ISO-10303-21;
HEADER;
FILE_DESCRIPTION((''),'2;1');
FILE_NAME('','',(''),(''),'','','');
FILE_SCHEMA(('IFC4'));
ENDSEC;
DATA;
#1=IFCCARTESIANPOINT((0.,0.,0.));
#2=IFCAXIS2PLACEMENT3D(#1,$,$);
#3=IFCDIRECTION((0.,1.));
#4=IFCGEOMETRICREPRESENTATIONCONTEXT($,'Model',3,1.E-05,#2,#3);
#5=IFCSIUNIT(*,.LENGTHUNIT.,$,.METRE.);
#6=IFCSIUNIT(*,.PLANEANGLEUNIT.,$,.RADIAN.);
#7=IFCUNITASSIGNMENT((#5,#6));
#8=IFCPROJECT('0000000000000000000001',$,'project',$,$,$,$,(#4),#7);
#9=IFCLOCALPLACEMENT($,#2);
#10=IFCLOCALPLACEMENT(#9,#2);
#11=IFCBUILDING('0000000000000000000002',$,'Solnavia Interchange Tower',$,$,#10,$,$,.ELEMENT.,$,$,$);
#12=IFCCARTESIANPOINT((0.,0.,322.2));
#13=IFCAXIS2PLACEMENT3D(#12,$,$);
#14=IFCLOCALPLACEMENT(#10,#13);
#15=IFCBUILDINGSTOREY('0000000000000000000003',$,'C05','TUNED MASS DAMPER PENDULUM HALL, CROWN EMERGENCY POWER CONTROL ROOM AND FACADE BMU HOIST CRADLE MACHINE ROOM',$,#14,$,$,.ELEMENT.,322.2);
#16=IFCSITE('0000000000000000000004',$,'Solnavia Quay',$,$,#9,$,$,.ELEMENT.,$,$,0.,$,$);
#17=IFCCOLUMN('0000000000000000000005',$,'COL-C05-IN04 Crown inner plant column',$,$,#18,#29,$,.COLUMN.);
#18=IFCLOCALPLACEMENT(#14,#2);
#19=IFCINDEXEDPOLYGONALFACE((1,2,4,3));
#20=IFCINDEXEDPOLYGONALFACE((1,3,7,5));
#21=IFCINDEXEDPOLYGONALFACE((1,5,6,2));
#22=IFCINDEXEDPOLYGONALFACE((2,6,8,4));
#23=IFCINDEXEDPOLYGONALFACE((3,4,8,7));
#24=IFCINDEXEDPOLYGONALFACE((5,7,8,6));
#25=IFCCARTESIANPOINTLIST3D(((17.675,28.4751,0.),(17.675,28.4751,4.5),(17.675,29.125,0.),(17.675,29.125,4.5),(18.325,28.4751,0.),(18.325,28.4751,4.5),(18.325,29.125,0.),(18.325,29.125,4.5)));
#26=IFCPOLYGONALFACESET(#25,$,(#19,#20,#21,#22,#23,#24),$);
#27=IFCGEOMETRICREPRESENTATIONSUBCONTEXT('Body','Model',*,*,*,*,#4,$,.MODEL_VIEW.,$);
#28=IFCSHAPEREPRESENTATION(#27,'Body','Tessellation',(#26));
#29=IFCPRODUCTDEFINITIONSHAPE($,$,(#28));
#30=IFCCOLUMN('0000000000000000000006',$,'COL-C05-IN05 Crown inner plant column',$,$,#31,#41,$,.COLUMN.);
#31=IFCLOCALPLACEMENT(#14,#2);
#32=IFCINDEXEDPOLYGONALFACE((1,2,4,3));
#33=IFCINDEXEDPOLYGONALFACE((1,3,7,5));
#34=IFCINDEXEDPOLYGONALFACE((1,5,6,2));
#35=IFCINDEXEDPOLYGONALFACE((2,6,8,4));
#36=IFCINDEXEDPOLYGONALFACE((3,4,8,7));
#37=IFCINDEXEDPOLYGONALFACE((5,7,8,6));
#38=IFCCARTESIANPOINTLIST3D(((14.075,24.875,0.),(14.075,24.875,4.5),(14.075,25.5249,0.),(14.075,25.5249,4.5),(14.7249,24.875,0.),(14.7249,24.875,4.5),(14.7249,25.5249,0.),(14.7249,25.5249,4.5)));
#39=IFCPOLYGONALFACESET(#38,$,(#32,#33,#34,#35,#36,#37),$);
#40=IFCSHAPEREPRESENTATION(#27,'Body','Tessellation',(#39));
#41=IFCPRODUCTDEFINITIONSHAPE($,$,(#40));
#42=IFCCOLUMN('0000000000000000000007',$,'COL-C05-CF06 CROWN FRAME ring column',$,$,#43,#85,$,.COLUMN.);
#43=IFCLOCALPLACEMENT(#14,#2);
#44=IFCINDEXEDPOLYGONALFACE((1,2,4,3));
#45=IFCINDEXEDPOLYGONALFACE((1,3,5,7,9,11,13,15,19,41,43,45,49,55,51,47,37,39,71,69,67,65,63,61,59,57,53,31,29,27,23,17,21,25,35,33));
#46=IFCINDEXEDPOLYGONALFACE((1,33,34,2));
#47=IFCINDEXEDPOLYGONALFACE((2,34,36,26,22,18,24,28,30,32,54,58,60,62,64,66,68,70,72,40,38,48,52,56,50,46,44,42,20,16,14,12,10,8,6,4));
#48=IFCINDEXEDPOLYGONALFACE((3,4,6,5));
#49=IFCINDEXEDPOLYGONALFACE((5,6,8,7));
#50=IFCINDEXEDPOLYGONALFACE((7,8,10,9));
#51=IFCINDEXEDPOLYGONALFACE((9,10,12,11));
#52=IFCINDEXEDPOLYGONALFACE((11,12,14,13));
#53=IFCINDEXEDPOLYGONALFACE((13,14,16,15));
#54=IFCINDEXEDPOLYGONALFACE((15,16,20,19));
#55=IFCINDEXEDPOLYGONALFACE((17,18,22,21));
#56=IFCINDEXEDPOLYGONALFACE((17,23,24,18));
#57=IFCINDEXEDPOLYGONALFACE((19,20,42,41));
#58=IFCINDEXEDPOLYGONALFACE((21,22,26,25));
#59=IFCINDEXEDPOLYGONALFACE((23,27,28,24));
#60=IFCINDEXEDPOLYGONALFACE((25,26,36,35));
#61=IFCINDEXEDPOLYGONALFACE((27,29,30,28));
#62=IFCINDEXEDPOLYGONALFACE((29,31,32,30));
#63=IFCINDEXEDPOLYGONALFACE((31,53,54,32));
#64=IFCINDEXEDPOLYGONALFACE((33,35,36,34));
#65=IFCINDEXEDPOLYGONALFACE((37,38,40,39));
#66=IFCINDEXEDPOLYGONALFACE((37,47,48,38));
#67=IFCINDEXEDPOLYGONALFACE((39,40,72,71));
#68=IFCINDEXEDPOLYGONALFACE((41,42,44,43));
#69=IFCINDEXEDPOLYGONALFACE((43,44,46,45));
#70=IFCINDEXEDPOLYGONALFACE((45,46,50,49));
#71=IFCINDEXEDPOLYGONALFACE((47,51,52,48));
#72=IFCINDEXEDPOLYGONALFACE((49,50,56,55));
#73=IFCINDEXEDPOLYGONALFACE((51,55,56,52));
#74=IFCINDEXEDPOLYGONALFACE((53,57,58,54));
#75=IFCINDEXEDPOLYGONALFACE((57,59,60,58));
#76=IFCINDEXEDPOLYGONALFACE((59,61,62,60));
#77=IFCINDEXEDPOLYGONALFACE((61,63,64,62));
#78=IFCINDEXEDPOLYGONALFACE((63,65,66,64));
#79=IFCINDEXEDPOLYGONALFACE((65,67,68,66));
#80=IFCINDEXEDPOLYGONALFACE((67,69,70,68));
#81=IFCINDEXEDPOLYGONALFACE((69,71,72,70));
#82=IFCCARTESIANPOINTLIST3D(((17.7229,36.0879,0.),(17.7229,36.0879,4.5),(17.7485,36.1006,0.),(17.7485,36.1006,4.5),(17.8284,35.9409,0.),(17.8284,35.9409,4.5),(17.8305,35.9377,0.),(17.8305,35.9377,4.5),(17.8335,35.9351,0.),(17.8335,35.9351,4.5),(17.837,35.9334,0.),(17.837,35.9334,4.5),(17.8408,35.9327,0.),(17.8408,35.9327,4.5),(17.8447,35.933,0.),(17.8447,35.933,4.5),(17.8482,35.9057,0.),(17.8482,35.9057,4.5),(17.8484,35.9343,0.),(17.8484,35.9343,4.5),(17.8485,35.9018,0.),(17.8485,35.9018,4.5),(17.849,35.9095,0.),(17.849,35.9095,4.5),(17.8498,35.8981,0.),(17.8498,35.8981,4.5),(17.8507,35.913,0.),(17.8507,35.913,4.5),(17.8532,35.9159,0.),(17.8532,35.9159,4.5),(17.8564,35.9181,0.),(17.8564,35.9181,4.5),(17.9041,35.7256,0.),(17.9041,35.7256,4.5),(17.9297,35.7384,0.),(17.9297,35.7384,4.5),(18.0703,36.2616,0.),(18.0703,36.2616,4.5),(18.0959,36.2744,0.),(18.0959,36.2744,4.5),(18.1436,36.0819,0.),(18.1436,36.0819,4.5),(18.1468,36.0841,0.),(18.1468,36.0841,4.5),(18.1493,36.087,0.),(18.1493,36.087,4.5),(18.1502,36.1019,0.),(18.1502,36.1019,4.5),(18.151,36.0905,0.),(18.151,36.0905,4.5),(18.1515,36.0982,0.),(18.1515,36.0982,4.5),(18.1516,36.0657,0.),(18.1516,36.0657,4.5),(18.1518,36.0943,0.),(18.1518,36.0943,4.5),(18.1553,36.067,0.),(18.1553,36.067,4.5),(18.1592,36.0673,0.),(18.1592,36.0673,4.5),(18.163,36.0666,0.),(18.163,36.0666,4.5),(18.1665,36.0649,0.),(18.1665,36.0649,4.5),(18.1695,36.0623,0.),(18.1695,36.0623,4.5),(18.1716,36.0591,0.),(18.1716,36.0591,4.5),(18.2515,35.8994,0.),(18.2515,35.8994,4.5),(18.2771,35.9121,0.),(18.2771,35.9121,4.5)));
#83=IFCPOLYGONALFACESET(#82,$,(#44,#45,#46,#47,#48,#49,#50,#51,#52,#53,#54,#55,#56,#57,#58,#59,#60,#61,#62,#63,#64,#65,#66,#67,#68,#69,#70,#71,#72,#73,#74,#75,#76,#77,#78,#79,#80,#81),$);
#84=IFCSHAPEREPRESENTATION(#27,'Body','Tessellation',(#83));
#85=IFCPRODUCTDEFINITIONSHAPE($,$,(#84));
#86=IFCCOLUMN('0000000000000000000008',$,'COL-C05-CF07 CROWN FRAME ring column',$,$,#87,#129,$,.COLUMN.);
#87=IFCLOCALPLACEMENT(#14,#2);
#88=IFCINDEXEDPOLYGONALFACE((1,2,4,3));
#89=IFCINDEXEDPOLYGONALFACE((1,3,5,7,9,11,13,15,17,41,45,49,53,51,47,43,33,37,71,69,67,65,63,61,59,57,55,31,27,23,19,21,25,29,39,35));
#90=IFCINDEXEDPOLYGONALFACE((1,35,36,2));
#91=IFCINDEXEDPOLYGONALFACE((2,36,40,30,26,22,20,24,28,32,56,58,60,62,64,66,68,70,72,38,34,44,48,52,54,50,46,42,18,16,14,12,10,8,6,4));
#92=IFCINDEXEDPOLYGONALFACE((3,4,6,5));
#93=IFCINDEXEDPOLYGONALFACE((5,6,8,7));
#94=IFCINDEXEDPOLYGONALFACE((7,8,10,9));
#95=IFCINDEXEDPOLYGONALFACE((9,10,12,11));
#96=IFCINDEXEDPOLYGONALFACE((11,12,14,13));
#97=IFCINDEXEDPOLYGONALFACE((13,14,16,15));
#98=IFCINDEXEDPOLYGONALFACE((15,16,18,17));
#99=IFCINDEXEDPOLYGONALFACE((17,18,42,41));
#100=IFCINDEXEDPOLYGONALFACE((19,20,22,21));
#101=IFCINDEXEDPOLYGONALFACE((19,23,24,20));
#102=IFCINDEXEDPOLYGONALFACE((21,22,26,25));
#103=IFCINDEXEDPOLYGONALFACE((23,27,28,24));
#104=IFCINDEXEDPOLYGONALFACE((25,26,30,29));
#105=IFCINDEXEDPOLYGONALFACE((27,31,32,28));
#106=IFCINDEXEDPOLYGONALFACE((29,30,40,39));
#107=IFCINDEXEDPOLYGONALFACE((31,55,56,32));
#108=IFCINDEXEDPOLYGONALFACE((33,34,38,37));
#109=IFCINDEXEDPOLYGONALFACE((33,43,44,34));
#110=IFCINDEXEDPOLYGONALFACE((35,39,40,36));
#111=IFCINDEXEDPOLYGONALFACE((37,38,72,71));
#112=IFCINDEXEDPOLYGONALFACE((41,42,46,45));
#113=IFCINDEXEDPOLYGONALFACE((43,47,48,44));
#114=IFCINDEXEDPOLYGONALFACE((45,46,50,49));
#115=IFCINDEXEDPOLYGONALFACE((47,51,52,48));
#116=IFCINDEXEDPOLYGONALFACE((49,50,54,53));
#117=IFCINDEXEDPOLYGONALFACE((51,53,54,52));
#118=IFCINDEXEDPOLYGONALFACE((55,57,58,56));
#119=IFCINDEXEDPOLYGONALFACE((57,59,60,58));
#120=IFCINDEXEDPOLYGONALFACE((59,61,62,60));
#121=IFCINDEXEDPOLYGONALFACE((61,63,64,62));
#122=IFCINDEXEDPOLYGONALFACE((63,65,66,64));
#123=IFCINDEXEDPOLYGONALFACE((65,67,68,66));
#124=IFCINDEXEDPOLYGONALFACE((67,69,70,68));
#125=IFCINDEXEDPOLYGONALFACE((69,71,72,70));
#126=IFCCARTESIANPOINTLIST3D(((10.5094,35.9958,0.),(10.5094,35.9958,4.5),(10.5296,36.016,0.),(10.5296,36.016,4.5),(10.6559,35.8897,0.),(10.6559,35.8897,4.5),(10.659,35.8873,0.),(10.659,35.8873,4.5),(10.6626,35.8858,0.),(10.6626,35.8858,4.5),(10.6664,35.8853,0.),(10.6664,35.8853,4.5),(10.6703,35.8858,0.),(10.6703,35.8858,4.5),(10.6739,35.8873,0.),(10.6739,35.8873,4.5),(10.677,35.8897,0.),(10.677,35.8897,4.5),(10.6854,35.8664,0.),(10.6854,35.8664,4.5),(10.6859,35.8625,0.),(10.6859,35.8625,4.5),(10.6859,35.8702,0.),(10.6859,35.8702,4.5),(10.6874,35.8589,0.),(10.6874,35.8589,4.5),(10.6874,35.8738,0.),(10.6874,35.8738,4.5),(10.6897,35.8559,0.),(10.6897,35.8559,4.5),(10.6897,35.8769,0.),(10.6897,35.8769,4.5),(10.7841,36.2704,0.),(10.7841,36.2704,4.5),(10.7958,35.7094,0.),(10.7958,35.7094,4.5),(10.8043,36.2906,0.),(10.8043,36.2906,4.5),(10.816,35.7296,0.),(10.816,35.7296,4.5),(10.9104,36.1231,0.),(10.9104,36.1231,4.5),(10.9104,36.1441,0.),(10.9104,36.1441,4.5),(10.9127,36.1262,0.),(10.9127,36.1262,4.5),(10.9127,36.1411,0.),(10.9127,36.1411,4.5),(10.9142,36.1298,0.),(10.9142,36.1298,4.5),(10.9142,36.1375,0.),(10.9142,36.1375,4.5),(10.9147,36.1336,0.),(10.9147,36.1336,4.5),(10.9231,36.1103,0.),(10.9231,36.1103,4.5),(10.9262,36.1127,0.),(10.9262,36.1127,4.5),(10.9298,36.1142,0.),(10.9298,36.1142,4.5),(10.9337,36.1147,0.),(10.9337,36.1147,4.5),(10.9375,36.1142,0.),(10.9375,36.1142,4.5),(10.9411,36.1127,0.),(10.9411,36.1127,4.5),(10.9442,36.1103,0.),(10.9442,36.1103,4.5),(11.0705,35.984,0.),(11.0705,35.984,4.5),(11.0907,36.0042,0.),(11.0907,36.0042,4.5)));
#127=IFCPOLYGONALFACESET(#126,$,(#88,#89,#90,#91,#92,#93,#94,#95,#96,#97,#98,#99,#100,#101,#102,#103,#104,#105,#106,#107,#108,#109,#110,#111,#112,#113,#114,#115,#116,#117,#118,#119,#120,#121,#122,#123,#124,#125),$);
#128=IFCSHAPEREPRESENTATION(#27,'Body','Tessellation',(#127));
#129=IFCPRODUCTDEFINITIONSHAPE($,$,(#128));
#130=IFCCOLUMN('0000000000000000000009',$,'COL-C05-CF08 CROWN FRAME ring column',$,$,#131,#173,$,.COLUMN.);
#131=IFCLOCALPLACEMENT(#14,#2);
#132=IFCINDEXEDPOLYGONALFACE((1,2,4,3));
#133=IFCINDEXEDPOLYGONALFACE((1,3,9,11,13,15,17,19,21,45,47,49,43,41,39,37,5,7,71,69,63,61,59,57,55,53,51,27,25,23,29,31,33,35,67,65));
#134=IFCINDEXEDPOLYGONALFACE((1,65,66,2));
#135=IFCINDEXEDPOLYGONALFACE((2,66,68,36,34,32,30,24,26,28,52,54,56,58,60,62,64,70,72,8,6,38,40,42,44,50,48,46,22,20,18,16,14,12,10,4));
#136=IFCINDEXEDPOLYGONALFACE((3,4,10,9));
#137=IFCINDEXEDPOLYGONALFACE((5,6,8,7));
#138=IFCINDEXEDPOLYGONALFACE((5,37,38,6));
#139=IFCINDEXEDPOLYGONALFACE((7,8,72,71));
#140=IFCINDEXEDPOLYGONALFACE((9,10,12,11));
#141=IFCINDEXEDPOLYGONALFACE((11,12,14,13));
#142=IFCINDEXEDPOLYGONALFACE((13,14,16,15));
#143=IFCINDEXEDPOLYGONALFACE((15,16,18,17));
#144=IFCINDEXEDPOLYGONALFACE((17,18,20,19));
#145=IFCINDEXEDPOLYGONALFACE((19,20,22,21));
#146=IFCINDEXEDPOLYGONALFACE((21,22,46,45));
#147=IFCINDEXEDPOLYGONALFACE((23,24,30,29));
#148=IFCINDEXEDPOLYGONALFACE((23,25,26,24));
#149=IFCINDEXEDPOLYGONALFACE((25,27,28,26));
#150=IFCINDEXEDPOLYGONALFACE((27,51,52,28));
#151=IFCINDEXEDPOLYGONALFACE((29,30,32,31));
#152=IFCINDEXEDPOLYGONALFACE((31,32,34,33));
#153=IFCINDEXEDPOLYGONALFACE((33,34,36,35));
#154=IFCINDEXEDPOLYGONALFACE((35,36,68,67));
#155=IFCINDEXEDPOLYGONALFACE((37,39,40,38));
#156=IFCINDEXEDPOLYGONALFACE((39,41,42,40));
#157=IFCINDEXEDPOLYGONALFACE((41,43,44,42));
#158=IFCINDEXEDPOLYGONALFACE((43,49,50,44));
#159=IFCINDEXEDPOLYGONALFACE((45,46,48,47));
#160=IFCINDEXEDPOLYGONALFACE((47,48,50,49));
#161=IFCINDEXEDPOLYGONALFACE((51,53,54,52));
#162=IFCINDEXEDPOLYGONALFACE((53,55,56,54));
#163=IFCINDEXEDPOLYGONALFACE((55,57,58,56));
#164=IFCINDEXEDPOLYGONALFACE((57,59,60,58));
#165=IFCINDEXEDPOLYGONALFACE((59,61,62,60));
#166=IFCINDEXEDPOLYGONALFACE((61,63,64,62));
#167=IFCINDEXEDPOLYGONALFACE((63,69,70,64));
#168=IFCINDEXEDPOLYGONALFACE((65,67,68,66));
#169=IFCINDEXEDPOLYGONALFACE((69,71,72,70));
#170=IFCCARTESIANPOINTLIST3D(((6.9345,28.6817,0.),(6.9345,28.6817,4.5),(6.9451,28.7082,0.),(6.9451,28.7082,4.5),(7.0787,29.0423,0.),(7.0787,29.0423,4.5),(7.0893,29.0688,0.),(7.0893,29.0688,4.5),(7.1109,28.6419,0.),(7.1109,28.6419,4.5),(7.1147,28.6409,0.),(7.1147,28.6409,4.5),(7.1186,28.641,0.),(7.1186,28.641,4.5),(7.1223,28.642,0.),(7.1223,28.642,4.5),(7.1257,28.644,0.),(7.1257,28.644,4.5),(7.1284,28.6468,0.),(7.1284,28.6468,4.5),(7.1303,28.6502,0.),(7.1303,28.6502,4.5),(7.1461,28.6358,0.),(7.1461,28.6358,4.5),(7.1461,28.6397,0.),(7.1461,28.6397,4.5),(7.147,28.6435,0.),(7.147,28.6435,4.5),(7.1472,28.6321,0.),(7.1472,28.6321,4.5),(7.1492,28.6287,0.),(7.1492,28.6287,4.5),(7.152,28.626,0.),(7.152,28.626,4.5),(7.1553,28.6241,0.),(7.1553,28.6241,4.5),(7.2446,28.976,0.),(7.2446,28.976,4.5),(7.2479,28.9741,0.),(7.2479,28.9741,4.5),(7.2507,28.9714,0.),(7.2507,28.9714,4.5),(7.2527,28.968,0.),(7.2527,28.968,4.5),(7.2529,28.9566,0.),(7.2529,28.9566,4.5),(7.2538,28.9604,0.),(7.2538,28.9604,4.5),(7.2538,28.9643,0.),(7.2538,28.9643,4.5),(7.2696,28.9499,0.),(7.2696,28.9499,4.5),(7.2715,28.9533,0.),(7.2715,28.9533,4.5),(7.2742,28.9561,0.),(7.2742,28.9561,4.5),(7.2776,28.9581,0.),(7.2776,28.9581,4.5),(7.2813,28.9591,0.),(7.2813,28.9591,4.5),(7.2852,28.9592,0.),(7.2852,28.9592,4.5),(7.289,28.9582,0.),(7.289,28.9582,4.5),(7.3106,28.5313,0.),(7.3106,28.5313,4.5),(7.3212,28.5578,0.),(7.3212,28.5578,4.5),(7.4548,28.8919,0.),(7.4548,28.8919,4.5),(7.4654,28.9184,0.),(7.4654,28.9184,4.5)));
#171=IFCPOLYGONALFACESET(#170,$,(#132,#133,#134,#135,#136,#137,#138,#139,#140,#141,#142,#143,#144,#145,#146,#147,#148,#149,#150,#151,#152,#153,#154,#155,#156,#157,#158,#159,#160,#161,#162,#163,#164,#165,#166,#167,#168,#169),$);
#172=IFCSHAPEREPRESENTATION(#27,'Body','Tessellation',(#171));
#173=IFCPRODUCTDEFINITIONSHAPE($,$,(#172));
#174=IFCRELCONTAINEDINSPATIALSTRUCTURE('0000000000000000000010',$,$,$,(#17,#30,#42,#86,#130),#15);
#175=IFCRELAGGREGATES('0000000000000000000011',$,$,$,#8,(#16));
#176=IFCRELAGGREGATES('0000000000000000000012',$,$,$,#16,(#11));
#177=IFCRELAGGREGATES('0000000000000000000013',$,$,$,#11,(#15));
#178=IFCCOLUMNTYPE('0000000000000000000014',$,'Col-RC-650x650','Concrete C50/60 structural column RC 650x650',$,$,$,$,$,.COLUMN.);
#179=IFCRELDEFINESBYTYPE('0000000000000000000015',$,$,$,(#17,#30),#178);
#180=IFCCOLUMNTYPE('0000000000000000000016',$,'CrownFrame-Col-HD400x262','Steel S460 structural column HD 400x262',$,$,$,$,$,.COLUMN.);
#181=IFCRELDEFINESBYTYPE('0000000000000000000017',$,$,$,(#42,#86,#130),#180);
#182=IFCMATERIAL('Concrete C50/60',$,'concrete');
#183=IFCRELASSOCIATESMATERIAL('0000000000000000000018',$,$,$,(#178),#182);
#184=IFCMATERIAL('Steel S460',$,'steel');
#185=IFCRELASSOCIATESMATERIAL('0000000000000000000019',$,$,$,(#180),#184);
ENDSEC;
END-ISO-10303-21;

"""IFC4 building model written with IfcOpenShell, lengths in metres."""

from ifc_helpers import new_model, si_unit, direction, frame, origin, origin_2d, place, context, subcontext, project, spatial, rectangle, i_section, extrude, material, material_profile, profile_set, type_object, element, save


model = new_model("IFC4")

# Units and contexts
model_context = context("Model", 3, precision=1e-05, world=origin(), true_north=direction((0.0, 1.0)))
body_context = subcontext(model_context, "Body", "Model", "MODEL_VIEW")
ifc_project = project(units=[si_unit("LENGTHUNIT", "METRE"), si_unit("PLANEANGLEUNIT", "RADIAN")], contexts=[model_context])

# Site, building, storey
site_placement = place(None, origin())
site = spatial("IfcSite", under=ifc_project, at=site_placement, Name="Solnavia Quay", CompositionType="ELEMENT", RefElevation=0.0)
building_placement = place(site_placement, origin())
building = spatial("IfcBuilding", under=site, at=building_placement, Name="Solnavia Interchange Tower", CompositionType="ELEMENT")
storey_placement = place(building_placement, frame((0.0, 0.0, 322.2)))
storey = spatial("IfcBuildingStorey", under=building, at=storey_placement, Name="C05", Description="TUNED MASS DAMPER PENDULUM HALL, CROWN EMERGENCY POWER CONTROL ROOM AND FACADE BMU HOIST CRADLE MACHINE ROOM", CompositionType="ELEMENT", Elevation=322.2)

# Columns
ifc_material_1 = material(Name="Concrete C50/60", Category="concrete")
ifc_material_profile_1 = material_profile(ifc_material_1, rectangle(XDim=0.6499, YDim=0.6499, at=origin_2d()), Name="RC 650x650")
ifc_profile_set_1 = profile_set([ifc_material_profile_1], Name="Concrete C50/60")
column_type_1 = type_object("IfcColumnType", Name="Col-RC-650x650", Description="Concrete C50/60 structural column RC 650x650", PredefinedType="COLUMN", material=ifc_profile_set_1)
for number, where, z_axis, x_axis, name in (
    (1, (18.0, 28.8, 0.0), (0.0, 0.0, 1.0), (1.0, 0.0, 0.0), "COL-C05-IN04 Crown inner plant column"),
    (2, (14.3999, 25.2, 0.0), (0.0, 0.0, 1.0), (1.0, 0.0, 0.0), "COL-C05-IN05 Crown inner plant column"),
):
    element("IfcColumn", number, at=place(storey_placement, frame(where, z_axis=z_axis, x_axis=x_axis)), inside=storey, type_object=column_type_1, Name=name, PredefinedType="COLUMN", context=body_context, shape_type="SweptSolid", body=[
        extrude(rectangle(XDim=0.6499, YDim=0.6499, at=origin_2d()), origin(), (0.0, 0.0, 1.0), 4.5),
    ])
ifc_material_2 = material(Name="Steel S460", Category="steel")
ifc_material_profile_2 = material_profile(ifc_material_2, i_section(OverallWidth=0.405, OverallDepth=0.417, WebThickness=0.0181, FlangeThickness=0.0286, FilletRadius=0.0149, at=origin_2d()), Name="HD 400x262")
ifc_profile_set_2 = profile_set([ifc_material_profile_2], Name="Steel S460")
column_type_2 = type_object("IfcColumnType", Name="CrownFrame-Col-HD400x262", Description="Steel S460 structural column HD 400x262", PredefinedType="COLUMN", material=ifc_profile_set_2)
for number, where, z_axis, x_axis, name in (
    (3, (18.0, 36.0, 0.0), (0.0, 0.0, 1.0), (-0.447291, 0.894389, 0.0), "COL-C05-CF06 CROWN FRAME ring column"),
    (4, (10.8, 36.0, 0.0), (0.0, 0.0, 1.0), (-0.707107, 0.707107, 0.0), "COL-C05-CF07 CROWN FRAME ring column"),
    (5, (7.2, 28.8, 0.0), (0.0, 0.0, 1.0), (-0.928486, 0.371368, 0.0), "COL-C05-CF08 CROWN FRAME ring column"),
):
    element("IfcColumn", number, at=place(storey_placement, frame(where, z_axis=z_axis, x_axis=x_axis)), inside=storey, type_object=column_type_2, Name=name, PredefinedType="COLUMN", context=body_context, shape_type="SweptSolid", body=[
        extrude(i_section(OverallWidth=0.405, OverallDepth=0.417, WebThickness=0.0181, FlangeThickness=0.0286, FilletRadius=0.0149, at=origin_2d()), origin(), (0.0, 0.0, 1.0), 4.5),
    ])

save(model, "model.ifc")
